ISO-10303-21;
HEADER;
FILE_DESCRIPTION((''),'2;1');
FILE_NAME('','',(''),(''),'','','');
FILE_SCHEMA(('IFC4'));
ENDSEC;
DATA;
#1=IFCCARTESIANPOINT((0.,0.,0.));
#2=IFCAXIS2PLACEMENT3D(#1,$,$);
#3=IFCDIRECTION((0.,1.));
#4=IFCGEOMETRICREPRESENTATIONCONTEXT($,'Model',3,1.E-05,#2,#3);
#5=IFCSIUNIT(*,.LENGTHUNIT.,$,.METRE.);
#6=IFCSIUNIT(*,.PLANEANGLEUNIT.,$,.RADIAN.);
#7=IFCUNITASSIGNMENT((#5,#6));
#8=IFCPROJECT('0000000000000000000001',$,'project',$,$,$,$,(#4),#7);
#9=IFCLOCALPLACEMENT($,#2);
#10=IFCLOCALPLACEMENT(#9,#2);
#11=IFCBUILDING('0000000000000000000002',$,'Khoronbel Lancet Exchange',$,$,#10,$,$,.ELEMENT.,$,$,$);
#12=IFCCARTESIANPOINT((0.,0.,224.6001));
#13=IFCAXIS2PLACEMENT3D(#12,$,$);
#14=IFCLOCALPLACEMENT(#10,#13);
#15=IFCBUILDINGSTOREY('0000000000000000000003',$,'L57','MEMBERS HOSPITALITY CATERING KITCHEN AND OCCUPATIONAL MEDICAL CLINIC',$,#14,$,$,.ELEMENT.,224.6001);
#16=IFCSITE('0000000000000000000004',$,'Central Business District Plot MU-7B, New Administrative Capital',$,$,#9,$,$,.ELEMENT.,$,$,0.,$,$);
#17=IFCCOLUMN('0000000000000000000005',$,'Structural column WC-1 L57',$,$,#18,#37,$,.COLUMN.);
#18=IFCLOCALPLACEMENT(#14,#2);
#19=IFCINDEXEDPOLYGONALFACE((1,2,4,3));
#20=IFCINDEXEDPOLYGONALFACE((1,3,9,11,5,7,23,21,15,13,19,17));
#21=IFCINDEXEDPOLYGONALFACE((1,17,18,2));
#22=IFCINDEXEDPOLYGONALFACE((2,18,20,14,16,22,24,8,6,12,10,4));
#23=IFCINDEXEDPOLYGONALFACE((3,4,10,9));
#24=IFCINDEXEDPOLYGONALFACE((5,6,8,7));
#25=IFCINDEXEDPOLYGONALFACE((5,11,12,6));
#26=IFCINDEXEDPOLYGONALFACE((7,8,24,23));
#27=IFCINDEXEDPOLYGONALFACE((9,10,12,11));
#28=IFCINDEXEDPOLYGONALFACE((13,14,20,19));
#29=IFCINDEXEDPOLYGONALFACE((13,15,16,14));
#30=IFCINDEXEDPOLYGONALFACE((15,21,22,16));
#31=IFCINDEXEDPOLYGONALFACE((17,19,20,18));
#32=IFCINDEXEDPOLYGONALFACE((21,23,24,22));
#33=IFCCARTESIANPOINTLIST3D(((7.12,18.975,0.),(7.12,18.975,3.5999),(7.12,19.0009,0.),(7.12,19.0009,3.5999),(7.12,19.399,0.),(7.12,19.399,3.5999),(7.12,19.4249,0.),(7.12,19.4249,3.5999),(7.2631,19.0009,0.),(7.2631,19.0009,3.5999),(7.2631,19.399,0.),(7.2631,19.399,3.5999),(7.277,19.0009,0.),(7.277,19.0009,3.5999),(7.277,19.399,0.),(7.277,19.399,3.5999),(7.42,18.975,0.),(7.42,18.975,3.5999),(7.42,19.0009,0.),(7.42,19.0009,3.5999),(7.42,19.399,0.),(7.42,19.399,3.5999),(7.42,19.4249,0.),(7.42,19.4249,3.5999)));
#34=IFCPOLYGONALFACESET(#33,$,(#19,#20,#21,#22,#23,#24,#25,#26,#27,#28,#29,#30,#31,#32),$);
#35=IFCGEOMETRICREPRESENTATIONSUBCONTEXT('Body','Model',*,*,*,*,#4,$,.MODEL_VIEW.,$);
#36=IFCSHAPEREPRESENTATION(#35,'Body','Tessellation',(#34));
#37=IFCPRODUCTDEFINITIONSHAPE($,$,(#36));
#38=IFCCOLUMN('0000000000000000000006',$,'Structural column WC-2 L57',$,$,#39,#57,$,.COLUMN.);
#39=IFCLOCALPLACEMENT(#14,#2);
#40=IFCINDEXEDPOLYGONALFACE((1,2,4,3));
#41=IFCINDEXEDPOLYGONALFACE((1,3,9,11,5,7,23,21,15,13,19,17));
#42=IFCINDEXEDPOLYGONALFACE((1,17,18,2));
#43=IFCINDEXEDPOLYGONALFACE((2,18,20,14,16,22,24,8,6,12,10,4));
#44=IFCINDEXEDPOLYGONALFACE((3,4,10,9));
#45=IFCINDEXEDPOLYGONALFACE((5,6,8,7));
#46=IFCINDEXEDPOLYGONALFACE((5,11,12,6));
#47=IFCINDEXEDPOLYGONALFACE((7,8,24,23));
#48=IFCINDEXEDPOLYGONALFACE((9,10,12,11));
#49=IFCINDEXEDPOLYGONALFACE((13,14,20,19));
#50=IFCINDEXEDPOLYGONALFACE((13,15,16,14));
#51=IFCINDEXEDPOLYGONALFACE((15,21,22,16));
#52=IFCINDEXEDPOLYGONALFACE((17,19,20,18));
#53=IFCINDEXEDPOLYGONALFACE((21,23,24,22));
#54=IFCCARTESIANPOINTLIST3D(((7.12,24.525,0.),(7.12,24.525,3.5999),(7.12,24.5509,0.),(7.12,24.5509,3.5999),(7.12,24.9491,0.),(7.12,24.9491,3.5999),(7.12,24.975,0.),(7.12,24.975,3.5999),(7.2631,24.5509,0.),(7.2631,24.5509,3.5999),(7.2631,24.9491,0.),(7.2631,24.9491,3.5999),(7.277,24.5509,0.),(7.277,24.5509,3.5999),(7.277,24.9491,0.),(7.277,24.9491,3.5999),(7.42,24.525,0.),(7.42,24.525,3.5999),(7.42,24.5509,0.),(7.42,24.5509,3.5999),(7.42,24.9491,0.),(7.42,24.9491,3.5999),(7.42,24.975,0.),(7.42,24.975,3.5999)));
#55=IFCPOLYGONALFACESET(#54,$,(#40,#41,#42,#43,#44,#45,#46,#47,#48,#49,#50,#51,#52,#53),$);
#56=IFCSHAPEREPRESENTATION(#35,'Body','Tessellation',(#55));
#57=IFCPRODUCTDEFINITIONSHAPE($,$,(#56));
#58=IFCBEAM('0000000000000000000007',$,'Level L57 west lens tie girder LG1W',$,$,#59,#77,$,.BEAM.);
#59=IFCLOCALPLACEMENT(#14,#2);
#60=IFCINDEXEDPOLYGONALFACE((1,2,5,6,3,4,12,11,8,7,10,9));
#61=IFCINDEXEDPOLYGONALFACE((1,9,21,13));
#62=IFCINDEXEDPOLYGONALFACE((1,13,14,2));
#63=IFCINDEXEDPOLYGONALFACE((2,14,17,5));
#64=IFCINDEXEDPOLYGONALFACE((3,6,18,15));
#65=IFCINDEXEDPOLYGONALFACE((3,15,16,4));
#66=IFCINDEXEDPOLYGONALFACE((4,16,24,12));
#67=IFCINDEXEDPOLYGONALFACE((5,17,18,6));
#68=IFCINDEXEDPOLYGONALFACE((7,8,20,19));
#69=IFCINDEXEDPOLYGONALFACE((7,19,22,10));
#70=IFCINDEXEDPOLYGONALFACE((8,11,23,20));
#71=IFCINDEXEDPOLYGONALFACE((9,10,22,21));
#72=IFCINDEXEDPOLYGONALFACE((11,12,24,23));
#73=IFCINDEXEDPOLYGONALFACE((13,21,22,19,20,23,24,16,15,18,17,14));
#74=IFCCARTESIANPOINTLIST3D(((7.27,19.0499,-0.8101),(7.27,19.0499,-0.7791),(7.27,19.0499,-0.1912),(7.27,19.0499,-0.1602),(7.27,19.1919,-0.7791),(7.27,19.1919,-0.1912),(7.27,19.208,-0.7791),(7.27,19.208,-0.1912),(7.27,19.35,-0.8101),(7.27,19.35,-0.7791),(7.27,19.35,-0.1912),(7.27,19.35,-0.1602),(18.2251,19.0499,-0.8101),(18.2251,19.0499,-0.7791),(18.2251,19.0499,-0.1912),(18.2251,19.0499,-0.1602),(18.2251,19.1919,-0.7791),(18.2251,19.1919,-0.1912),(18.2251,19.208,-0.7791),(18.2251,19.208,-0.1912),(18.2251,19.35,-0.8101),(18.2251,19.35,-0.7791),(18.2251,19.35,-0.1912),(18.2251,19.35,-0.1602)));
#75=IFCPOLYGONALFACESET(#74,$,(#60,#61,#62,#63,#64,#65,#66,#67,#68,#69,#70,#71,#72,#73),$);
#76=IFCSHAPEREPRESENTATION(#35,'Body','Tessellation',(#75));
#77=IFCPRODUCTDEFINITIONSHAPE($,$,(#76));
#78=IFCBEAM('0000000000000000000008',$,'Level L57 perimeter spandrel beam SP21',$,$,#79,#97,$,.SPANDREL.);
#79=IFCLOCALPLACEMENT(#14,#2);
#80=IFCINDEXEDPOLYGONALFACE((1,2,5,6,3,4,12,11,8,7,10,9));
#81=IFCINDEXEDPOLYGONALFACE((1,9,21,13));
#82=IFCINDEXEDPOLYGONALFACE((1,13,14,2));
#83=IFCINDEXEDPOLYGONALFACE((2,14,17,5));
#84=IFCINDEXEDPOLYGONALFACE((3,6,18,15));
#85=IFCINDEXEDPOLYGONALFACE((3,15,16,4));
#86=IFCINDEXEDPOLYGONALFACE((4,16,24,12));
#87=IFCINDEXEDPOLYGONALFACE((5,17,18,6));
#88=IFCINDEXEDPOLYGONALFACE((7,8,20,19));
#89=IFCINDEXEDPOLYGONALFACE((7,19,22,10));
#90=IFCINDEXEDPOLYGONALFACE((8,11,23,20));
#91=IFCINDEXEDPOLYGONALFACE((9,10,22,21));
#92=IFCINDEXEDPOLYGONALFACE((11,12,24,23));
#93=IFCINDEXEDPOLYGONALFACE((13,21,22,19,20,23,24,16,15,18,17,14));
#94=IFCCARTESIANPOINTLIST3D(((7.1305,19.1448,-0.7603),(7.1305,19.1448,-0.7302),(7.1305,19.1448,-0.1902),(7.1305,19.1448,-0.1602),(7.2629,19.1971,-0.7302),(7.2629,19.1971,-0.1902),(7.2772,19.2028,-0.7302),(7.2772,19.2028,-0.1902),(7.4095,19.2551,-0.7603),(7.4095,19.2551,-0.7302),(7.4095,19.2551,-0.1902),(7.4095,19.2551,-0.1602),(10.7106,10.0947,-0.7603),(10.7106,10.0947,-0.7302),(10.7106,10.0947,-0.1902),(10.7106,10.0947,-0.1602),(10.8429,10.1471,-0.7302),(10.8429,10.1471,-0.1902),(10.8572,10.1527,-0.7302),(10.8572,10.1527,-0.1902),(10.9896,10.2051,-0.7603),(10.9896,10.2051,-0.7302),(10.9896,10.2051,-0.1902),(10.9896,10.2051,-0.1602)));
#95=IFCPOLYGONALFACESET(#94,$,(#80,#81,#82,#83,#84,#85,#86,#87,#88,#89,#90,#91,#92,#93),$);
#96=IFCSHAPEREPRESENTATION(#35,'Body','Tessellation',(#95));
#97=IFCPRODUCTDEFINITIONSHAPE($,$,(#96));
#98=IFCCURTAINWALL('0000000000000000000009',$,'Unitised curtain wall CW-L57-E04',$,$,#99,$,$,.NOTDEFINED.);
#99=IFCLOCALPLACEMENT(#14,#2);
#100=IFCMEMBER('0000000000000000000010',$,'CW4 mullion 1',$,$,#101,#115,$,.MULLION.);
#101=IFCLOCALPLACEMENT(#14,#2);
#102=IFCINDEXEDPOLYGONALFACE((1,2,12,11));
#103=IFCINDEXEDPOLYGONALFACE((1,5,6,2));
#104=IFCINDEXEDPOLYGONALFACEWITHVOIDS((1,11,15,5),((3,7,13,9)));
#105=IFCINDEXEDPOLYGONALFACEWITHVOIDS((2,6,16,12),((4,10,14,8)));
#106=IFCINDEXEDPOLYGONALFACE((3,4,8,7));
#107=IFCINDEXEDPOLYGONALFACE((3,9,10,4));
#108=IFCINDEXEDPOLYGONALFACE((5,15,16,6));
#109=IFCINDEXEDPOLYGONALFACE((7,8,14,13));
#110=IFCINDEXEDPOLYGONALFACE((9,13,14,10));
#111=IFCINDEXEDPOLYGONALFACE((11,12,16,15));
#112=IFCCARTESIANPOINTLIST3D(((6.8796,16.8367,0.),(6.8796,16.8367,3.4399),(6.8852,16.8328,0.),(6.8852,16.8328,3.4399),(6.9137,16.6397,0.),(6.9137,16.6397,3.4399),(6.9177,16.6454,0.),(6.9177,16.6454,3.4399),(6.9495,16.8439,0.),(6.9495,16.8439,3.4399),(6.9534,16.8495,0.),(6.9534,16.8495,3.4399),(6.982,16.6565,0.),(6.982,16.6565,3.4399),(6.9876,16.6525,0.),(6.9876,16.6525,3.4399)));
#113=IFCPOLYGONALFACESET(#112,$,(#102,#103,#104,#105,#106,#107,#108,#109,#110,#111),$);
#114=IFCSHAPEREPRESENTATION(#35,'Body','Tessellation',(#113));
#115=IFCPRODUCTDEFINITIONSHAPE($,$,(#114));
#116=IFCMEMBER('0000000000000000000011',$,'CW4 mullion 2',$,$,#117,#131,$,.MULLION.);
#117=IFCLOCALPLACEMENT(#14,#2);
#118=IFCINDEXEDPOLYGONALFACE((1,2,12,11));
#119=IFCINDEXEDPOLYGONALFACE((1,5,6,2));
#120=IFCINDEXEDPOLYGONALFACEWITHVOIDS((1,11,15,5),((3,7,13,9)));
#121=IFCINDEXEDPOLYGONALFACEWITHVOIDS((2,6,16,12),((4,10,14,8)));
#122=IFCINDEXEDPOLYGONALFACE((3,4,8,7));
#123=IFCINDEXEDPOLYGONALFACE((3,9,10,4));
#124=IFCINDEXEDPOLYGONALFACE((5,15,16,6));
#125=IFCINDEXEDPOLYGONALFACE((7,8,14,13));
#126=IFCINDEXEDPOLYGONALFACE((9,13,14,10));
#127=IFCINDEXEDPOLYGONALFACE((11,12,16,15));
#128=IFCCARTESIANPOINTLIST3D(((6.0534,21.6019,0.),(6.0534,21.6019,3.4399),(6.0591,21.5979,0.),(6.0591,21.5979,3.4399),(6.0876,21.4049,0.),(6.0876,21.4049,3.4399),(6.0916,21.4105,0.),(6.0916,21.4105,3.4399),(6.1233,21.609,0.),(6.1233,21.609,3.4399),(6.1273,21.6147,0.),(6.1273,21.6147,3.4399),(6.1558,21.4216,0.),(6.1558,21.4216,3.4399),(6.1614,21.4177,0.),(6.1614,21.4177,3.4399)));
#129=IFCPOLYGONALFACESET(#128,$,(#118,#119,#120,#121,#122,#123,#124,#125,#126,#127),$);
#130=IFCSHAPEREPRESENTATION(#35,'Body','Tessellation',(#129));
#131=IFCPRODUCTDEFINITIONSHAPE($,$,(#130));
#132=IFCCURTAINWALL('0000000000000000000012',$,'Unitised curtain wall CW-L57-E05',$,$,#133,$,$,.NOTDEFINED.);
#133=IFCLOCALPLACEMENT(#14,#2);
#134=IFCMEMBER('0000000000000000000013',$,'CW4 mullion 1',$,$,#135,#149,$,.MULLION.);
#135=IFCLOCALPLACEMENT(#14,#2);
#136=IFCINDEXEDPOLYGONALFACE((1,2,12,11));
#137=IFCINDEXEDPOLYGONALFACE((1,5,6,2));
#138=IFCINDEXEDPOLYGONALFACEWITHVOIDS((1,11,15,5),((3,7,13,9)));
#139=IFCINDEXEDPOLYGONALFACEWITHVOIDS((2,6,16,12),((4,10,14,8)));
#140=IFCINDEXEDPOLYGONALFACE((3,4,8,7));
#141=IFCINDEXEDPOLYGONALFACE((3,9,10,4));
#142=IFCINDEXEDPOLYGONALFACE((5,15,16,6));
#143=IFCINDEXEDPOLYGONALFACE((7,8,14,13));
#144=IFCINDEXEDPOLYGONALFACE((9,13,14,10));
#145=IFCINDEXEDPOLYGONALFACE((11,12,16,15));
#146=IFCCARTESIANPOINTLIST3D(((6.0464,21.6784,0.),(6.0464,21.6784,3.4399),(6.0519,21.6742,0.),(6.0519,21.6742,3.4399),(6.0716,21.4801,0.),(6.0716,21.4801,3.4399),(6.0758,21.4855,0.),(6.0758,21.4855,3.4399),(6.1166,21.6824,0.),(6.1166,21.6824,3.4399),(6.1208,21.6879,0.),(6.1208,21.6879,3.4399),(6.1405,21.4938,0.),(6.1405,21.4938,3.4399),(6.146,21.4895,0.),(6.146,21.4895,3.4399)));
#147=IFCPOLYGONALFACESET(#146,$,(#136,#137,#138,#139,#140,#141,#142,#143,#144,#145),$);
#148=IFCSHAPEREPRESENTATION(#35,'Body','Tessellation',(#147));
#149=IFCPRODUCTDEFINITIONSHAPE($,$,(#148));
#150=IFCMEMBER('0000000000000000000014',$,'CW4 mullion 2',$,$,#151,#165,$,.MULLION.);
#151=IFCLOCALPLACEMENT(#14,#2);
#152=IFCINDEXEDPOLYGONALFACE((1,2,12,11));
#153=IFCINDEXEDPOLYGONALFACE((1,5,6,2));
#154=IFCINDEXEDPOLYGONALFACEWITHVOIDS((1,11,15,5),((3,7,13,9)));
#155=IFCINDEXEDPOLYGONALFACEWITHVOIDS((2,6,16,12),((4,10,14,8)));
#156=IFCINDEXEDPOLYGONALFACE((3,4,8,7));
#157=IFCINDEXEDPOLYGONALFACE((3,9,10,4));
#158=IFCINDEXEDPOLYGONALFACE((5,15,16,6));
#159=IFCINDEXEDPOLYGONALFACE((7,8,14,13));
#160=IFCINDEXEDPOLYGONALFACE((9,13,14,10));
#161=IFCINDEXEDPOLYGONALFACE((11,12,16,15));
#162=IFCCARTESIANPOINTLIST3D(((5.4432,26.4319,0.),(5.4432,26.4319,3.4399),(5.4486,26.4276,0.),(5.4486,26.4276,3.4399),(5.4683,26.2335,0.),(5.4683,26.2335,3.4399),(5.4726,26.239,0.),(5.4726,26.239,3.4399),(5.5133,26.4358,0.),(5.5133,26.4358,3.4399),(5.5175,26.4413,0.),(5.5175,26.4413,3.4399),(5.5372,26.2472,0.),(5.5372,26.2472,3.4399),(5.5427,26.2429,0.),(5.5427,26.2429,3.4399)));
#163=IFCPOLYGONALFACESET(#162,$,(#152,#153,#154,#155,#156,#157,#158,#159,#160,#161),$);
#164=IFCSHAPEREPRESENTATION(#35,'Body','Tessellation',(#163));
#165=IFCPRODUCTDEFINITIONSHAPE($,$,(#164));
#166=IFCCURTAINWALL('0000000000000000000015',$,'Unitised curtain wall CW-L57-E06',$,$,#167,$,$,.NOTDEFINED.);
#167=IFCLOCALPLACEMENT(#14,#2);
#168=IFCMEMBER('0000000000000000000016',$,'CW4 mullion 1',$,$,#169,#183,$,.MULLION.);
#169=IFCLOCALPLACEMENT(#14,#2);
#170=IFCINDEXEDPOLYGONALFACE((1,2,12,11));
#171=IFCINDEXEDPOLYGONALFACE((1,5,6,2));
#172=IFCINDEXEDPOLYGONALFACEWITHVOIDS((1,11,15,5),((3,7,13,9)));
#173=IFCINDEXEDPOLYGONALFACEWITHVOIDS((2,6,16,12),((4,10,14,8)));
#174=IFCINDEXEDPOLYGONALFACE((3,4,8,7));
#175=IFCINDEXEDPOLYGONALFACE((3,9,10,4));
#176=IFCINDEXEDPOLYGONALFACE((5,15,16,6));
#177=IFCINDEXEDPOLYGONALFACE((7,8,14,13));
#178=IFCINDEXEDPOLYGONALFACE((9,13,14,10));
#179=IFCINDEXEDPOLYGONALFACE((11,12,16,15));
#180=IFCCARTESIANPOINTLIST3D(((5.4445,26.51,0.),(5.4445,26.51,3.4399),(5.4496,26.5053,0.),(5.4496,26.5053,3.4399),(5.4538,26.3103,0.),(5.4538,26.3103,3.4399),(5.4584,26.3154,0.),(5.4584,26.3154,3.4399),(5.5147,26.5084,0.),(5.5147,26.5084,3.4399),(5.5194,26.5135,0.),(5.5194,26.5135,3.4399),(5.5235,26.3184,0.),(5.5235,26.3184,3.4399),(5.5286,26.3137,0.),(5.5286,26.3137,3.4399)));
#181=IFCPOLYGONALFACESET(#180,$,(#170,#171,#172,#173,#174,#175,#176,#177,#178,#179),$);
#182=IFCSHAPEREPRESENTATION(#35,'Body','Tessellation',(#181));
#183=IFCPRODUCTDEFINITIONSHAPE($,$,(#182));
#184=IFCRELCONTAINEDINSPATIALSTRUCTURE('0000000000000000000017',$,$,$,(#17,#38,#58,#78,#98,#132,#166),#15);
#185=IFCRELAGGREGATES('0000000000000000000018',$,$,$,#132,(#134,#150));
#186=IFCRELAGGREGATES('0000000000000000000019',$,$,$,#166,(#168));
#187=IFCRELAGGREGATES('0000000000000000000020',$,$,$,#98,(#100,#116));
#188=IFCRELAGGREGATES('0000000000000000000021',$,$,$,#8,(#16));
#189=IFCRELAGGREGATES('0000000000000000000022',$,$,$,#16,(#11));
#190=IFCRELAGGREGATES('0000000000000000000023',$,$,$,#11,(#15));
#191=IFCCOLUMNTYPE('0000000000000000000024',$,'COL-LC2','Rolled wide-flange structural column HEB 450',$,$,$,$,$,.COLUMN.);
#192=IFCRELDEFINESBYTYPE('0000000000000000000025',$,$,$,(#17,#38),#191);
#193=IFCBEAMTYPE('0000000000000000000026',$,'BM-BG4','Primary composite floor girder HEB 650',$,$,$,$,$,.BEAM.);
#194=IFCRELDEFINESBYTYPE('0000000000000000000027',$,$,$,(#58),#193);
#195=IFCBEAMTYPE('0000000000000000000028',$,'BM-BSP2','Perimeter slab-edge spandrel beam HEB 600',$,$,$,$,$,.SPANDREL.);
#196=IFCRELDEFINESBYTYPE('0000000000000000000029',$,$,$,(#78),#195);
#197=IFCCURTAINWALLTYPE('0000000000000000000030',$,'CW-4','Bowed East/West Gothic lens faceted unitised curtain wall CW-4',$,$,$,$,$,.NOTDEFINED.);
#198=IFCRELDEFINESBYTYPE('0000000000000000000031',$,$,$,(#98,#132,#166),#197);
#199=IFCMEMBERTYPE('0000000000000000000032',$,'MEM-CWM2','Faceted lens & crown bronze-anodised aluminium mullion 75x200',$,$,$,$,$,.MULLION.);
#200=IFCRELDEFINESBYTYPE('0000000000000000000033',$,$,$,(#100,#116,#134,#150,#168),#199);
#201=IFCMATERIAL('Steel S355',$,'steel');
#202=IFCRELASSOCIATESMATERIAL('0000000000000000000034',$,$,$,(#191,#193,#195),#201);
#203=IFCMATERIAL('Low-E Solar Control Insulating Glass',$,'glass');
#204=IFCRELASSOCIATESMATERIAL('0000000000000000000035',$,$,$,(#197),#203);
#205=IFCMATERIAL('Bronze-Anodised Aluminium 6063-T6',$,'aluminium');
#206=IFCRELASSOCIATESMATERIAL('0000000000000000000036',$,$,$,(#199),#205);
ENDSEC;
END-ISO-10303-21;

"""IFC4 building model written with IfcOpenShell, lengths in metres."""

from ifc_helpers import new_model, si_unit, direction, frame, origin, origin_2d, place, context, subcontext, project, spatial, hollow_rectangle, i_section, extrude, material, material_profile, profile_set, type_object, element, aggregate, save


model = new_model("IFC4")

# Units and contexts
model_context = context("Model", 3, precision=1e-05, world=origin(), true_north=direction((0.0, 1.0)))
body_context = subcontext(model_context, "Body", "Model", "MODEL_VIEW")
ifc_project = project(units=[si_unit("LENGTHUNIT", "METRE"), si_unit("PLANEANGLEUNIT", "RADIAN")], contexts=[model_context])

# Site, building, storey
site_placement = place(None, origin())
site = spatial("IfcSite", under=ifc_project, at=site_placement, Name="Central Business District Plot MU-7B, New Administrative Capital", CompositionType="ELEMENT", RefElevation=0.0)
building_placement = place(site_placement, origin())
building = spatial("IfcBuilding", under=site, at=building_placement, Name="Khoronbel Lancet Exchange", CompositionType="ELEMENT")
storey_placement = place(building_placement, frame((0.0, 0.0, 224.6001)))
storey = spatial("IfcBuildingStorey", under=building, at=storey_placement, Name="L57", Description="MEMBERS HOSPITALITY CATERING KITCHEN AND OCCUPATIONAL MEDICAL CLINIC", CompositionType="ELEMENT", Elevation=224.6001)

# Columns
ifc_material_1 = material(Name="Steel S355", Category="steel")
ifc_material_profile_1 = material_profile(ifc_material_1, i_section(OverallWidth=0.3, OverallDepth=0.45, WebThickness=0.0139, FlangeThickness=0.0259, at=origin_2d()), Name="HEB 450")
ifc_profile_set_1 = profile_set([ifc_material_profile_1], Name="Steel S355")
column_type = type_object("IfcColumnType", Name="COL-LC2", Description="Rolled wide-flange structural column HEB 450", PredefinedType="COLUMN", material=ifc_profile_set_1)
for number, where, z_axis, x_axis, name in (
    (1, (7.27, 19.2, 0.0), (0.0, 0.0, 1.0), (1.0, 0.0, 0.0), "Structural column WC-1 L57"),
    (2, (7.27, 24.75, 0.0), (0.0, 0.0, 1.0), (1.0, 0.0, 0.0), "Structural column WC-2 L57"),
):
    element("IfcColumn", number, at=place(storey_placement, frame(where, z_axis=z_axis, x_axis=x_axis)), inside=storey, type_object=column_type, Name=name, PredefinedType="COLUMN", context=body_context, shape_type="SweptSolid", body=[
        extrude(i_section(OverallWidth=0.3, OverallDepth=0.45, WebThickness=0.0139, FlangeThickness=0.0259, at=origin_2d()), origin(), (0.0, 0.0, 1.0), 3.5999),
    ])

# Beams
ifc_material_profile_2 = material_profile(ifc_material_1, i_section(OverallWidth=0.3, OverallDepth=0.6499, WebThickness=0.0161, FlangeThickness=0.031, at=origin_2d()), Name="HEB 650")
ifc_profile_set_2 = profile_set([ifc_material_profile_2], Name="Steel S355")
beam_type_1 = type_object("IfcBeamType", Name="BM-BG4", Description="Primary composite floor girder HEB 650", PredefinedType="BEAM", material=ifc_profile_set_2)
beam_1_placement = place(storey_placement, frame((7.27, 19.2, -0.4851), z_axis=(1.0, 0.0, 0.0), x_axis=(0.0, 1.0, 0.0)))
element("IfcBeam", 3, at=beam_1_placement, inside=storey, type_object=beam_type_1, Name="Level L57 west lens tie girder LG1W", PredefinedType="BEAM", context=body_context, shape_type="SweptSolid", body=[
    extrude(i_section(OverallWidth=0.3, OverallDepth=0.6499, WebThickness=0.0161, FlangeThickness=0.031, at=origin_2d()), origin(), (0.0, 0.0, 1.0), 10.9551),
])
ifc_material_profile_3 = material_profile(ifc_material_1, i_section(OverallWidth=0.3, OverallDepth=0.6001, WebThickness=0.0154, FlangeThickness=0.03, at=origin_2d()), Name="HEB 600")
ifc_profile_set_3 = profile_set([ifc_material_profile_3], Name="Steel S355")
beam_type_2 = type_object("IfcBeamType", Name="BM-BSP2", Description="Perimeter slab-edge spandrel beam HEB 600", PredefinedType="SPANDREL", material=ifc_profile_set_3)
beam_2_placement = place(storey_placement, frame((7.27, 19.2, -0.4602), z_axis=(0.36785, -0.929885, 0.0), x_axis=(0.929885, 0.36785, 0.0)))
element("IfcBeam", 4, at=beam_2_placement, inside=storey, type_object=beam_type_2, Name="Level L57 perimeter spandrel beam SP21", PredefinedType="SPANDREL", context=body_context, shape_type="SweptSolid", body=[
    extrude(i_section(OverallWidth=0.3, OverallDepth=0.6001, WebThickness=0.0154, FlangeThickness=0.03, at=origin_2d()), origin(), (0.0, 0.0, 1.0), 9.7324),
])

# Curtain walls, members
ifc_material_2 = material(Name="Low-E Solar Control Insulating Glass", Category="glass")
curtain_wall_type = type_object("IfcCurtainWallType", Name="CW-4", Description="Bowed East/West Gothic lens faceted unitised curtain wall CW-4", PredefinedType="NOTDEFINED", material=ifc_material_2)
curtain_wall_1_placement = place(storey_placement, origin())
curtain_wall_1 = element("IfcCurtainWall", 5, at=curtain_wall_1_placement, inside=storey, type_object=curtain_wall_type, Name="Unitised curtain wall CW-L57-E04", PredefinedType="NOTDEFINED")
ifc_material_3 = material(Name="Bronze-Anodised Aluminium 6063-T6", Category="aluminium")
ifc_material_profile_4 = material_profile(ifc_material_3, hollow_rectangle(XDim=0.075, YDim=0.2, WallThickness=0.0049, at=origin_2d()), Name="ALU MULLION 75x200")
ifc_profile_set_4 = profile_set([ifc_material_profile_4], Name="Bronze-Anodised Aluminium 6063-T6")
member_type_1 = type_object("IfcMemberType", Name="MEM-CWM2", Description="Faceted lens & crown bronze-anodised aluminium mullion 75x200", PredefinedType="MULLION", material=ifc_profile_set_4)
member_1_placement = place(storey_placement, frame((6.9336, 16.7446, 0.0), z_axis=(0.0, 0.0, 1.0), x_axis=(-0.9853, -0.170834, 0.0)))
member_1 = element("IfcMember", 6, at=member_1_placement, type_object=member_type_1, Name="CW4 mullion 1", PredefinedType="MULLION", context=body_context, shape_type="SweptSolid", body=[
    extrude(hollow_rectangle(XDim=0.075, YDim=0.2, WallThickness=0.0049, at=origin_2d()), origin(), (0.0, 0.0, 1.0), 3.4399),
])
member_2_placement = place(storey_placement, frame((6.1074, 21.5098, 0.0), z_axis=(0.0, 0.0, 1.0), x_axis=(-0.9853, -0.170834, 0.0)))
member_2 = element("IfcMember", 7, at=member_2_placement, type_object=member_type_1, Name="CW4 mullion 2", PredefinedType="MULLION", context=body_context, shape_type="SweptSolid", body=[
    extrude(hollow_rectangle(XDim=0.075, YDim=0.2, WallThickness=0.0049, at=origin_2d()), origin(), (0.0, 0.0, 1.0), 3.4399),
])
curtain_wall_2_placement = place(storey_placement, origin())
curtain_wall_2 = element("IfcCurtainWall", 8, at=curtain_wall_2_placement, inside=storey, type_object=curtain_wall_type, Name="Unitised curtain wall CW-L57-E05", PredefinedType="NOTDEFINED")
member_3_placement = place(storey_placement, frame((6.0962, 21.584, 0.0), z_axis=(0.0, 0.0, 1.0), x_axis=(-0.99204, -0.125921, 0.0)))
member_3 = element("IfcMember", 9, at=member_3_placement, type_object=member_type_1, Name="CW4 mullion 1", PredefinedType="MULLION", context=body_context, shape_type="SweptSolid", body=[
    extrude(hollow_rectangle(XDim=0.075, YDim=0.2, WallThickness=0.0049, at=origin_2d()), origin(), (0.0, 0.0, 1.0), 3.4399),
])
member_4_placement = place(storey_placement, frame((5.4929, 26.3374, 0.0), z_axis=(0.0, 0.0, 1.0), x_axis=(-0.99204, -0.125921, 0.0)))
member_4 = element("IfcMember", 10, at=member_4_placement, type_object=member_type_1, Name="CW4 mullion 2", PredefinedType="MULLION", context=body_context, shape_type="SweptSolid", body=[
    extrude(hollow_rectangle(XDim=0.075, YDim=0.2, WallThickness=0.0049, at=origin_2d()), origin(), (0.0, 0.0, 1.0), 3.4399),
])
curtain_wall_3_placement = place(storey_placement, origin())
curtain_wall_3 = element("IfcCurtainWall", 11, at=curtain_wall_3_placement, inside=storey, type_object=curtain_wall_type, Name="Unitised curtain wall CW-L57-E06", PredefinedType="NOTDEFINED")
member_5_placement = place(storey_placement, frame((5.4866, 26.4119, 0.0), z_axis=(0.0, 0.0, 1.0), x_axis=(-0.998923, -0.046391, 0.0)))
member_5 = element("IfcMember", 12, at=member_5_placement, type_object=member_type_1, Name="CW4 mullion 1", PredefinedType="MULLION", context=body_context, shape_type="SweptSolid", body=[
    extrude(hollow_rectangle(XDim=0.075, YDim=0.2, WallThickness=0.0049, at=origin_2d()), origin(), (0.0, 0.0, 1.0), 3.4399),
])

aggregate(curtain_wall_2, [member_3, member_4])
aggregate(curtain_wall_3, [member_5])
aggregate(curtain_wall_1, [member_1, member_2])

save(model, "model.ifc")
